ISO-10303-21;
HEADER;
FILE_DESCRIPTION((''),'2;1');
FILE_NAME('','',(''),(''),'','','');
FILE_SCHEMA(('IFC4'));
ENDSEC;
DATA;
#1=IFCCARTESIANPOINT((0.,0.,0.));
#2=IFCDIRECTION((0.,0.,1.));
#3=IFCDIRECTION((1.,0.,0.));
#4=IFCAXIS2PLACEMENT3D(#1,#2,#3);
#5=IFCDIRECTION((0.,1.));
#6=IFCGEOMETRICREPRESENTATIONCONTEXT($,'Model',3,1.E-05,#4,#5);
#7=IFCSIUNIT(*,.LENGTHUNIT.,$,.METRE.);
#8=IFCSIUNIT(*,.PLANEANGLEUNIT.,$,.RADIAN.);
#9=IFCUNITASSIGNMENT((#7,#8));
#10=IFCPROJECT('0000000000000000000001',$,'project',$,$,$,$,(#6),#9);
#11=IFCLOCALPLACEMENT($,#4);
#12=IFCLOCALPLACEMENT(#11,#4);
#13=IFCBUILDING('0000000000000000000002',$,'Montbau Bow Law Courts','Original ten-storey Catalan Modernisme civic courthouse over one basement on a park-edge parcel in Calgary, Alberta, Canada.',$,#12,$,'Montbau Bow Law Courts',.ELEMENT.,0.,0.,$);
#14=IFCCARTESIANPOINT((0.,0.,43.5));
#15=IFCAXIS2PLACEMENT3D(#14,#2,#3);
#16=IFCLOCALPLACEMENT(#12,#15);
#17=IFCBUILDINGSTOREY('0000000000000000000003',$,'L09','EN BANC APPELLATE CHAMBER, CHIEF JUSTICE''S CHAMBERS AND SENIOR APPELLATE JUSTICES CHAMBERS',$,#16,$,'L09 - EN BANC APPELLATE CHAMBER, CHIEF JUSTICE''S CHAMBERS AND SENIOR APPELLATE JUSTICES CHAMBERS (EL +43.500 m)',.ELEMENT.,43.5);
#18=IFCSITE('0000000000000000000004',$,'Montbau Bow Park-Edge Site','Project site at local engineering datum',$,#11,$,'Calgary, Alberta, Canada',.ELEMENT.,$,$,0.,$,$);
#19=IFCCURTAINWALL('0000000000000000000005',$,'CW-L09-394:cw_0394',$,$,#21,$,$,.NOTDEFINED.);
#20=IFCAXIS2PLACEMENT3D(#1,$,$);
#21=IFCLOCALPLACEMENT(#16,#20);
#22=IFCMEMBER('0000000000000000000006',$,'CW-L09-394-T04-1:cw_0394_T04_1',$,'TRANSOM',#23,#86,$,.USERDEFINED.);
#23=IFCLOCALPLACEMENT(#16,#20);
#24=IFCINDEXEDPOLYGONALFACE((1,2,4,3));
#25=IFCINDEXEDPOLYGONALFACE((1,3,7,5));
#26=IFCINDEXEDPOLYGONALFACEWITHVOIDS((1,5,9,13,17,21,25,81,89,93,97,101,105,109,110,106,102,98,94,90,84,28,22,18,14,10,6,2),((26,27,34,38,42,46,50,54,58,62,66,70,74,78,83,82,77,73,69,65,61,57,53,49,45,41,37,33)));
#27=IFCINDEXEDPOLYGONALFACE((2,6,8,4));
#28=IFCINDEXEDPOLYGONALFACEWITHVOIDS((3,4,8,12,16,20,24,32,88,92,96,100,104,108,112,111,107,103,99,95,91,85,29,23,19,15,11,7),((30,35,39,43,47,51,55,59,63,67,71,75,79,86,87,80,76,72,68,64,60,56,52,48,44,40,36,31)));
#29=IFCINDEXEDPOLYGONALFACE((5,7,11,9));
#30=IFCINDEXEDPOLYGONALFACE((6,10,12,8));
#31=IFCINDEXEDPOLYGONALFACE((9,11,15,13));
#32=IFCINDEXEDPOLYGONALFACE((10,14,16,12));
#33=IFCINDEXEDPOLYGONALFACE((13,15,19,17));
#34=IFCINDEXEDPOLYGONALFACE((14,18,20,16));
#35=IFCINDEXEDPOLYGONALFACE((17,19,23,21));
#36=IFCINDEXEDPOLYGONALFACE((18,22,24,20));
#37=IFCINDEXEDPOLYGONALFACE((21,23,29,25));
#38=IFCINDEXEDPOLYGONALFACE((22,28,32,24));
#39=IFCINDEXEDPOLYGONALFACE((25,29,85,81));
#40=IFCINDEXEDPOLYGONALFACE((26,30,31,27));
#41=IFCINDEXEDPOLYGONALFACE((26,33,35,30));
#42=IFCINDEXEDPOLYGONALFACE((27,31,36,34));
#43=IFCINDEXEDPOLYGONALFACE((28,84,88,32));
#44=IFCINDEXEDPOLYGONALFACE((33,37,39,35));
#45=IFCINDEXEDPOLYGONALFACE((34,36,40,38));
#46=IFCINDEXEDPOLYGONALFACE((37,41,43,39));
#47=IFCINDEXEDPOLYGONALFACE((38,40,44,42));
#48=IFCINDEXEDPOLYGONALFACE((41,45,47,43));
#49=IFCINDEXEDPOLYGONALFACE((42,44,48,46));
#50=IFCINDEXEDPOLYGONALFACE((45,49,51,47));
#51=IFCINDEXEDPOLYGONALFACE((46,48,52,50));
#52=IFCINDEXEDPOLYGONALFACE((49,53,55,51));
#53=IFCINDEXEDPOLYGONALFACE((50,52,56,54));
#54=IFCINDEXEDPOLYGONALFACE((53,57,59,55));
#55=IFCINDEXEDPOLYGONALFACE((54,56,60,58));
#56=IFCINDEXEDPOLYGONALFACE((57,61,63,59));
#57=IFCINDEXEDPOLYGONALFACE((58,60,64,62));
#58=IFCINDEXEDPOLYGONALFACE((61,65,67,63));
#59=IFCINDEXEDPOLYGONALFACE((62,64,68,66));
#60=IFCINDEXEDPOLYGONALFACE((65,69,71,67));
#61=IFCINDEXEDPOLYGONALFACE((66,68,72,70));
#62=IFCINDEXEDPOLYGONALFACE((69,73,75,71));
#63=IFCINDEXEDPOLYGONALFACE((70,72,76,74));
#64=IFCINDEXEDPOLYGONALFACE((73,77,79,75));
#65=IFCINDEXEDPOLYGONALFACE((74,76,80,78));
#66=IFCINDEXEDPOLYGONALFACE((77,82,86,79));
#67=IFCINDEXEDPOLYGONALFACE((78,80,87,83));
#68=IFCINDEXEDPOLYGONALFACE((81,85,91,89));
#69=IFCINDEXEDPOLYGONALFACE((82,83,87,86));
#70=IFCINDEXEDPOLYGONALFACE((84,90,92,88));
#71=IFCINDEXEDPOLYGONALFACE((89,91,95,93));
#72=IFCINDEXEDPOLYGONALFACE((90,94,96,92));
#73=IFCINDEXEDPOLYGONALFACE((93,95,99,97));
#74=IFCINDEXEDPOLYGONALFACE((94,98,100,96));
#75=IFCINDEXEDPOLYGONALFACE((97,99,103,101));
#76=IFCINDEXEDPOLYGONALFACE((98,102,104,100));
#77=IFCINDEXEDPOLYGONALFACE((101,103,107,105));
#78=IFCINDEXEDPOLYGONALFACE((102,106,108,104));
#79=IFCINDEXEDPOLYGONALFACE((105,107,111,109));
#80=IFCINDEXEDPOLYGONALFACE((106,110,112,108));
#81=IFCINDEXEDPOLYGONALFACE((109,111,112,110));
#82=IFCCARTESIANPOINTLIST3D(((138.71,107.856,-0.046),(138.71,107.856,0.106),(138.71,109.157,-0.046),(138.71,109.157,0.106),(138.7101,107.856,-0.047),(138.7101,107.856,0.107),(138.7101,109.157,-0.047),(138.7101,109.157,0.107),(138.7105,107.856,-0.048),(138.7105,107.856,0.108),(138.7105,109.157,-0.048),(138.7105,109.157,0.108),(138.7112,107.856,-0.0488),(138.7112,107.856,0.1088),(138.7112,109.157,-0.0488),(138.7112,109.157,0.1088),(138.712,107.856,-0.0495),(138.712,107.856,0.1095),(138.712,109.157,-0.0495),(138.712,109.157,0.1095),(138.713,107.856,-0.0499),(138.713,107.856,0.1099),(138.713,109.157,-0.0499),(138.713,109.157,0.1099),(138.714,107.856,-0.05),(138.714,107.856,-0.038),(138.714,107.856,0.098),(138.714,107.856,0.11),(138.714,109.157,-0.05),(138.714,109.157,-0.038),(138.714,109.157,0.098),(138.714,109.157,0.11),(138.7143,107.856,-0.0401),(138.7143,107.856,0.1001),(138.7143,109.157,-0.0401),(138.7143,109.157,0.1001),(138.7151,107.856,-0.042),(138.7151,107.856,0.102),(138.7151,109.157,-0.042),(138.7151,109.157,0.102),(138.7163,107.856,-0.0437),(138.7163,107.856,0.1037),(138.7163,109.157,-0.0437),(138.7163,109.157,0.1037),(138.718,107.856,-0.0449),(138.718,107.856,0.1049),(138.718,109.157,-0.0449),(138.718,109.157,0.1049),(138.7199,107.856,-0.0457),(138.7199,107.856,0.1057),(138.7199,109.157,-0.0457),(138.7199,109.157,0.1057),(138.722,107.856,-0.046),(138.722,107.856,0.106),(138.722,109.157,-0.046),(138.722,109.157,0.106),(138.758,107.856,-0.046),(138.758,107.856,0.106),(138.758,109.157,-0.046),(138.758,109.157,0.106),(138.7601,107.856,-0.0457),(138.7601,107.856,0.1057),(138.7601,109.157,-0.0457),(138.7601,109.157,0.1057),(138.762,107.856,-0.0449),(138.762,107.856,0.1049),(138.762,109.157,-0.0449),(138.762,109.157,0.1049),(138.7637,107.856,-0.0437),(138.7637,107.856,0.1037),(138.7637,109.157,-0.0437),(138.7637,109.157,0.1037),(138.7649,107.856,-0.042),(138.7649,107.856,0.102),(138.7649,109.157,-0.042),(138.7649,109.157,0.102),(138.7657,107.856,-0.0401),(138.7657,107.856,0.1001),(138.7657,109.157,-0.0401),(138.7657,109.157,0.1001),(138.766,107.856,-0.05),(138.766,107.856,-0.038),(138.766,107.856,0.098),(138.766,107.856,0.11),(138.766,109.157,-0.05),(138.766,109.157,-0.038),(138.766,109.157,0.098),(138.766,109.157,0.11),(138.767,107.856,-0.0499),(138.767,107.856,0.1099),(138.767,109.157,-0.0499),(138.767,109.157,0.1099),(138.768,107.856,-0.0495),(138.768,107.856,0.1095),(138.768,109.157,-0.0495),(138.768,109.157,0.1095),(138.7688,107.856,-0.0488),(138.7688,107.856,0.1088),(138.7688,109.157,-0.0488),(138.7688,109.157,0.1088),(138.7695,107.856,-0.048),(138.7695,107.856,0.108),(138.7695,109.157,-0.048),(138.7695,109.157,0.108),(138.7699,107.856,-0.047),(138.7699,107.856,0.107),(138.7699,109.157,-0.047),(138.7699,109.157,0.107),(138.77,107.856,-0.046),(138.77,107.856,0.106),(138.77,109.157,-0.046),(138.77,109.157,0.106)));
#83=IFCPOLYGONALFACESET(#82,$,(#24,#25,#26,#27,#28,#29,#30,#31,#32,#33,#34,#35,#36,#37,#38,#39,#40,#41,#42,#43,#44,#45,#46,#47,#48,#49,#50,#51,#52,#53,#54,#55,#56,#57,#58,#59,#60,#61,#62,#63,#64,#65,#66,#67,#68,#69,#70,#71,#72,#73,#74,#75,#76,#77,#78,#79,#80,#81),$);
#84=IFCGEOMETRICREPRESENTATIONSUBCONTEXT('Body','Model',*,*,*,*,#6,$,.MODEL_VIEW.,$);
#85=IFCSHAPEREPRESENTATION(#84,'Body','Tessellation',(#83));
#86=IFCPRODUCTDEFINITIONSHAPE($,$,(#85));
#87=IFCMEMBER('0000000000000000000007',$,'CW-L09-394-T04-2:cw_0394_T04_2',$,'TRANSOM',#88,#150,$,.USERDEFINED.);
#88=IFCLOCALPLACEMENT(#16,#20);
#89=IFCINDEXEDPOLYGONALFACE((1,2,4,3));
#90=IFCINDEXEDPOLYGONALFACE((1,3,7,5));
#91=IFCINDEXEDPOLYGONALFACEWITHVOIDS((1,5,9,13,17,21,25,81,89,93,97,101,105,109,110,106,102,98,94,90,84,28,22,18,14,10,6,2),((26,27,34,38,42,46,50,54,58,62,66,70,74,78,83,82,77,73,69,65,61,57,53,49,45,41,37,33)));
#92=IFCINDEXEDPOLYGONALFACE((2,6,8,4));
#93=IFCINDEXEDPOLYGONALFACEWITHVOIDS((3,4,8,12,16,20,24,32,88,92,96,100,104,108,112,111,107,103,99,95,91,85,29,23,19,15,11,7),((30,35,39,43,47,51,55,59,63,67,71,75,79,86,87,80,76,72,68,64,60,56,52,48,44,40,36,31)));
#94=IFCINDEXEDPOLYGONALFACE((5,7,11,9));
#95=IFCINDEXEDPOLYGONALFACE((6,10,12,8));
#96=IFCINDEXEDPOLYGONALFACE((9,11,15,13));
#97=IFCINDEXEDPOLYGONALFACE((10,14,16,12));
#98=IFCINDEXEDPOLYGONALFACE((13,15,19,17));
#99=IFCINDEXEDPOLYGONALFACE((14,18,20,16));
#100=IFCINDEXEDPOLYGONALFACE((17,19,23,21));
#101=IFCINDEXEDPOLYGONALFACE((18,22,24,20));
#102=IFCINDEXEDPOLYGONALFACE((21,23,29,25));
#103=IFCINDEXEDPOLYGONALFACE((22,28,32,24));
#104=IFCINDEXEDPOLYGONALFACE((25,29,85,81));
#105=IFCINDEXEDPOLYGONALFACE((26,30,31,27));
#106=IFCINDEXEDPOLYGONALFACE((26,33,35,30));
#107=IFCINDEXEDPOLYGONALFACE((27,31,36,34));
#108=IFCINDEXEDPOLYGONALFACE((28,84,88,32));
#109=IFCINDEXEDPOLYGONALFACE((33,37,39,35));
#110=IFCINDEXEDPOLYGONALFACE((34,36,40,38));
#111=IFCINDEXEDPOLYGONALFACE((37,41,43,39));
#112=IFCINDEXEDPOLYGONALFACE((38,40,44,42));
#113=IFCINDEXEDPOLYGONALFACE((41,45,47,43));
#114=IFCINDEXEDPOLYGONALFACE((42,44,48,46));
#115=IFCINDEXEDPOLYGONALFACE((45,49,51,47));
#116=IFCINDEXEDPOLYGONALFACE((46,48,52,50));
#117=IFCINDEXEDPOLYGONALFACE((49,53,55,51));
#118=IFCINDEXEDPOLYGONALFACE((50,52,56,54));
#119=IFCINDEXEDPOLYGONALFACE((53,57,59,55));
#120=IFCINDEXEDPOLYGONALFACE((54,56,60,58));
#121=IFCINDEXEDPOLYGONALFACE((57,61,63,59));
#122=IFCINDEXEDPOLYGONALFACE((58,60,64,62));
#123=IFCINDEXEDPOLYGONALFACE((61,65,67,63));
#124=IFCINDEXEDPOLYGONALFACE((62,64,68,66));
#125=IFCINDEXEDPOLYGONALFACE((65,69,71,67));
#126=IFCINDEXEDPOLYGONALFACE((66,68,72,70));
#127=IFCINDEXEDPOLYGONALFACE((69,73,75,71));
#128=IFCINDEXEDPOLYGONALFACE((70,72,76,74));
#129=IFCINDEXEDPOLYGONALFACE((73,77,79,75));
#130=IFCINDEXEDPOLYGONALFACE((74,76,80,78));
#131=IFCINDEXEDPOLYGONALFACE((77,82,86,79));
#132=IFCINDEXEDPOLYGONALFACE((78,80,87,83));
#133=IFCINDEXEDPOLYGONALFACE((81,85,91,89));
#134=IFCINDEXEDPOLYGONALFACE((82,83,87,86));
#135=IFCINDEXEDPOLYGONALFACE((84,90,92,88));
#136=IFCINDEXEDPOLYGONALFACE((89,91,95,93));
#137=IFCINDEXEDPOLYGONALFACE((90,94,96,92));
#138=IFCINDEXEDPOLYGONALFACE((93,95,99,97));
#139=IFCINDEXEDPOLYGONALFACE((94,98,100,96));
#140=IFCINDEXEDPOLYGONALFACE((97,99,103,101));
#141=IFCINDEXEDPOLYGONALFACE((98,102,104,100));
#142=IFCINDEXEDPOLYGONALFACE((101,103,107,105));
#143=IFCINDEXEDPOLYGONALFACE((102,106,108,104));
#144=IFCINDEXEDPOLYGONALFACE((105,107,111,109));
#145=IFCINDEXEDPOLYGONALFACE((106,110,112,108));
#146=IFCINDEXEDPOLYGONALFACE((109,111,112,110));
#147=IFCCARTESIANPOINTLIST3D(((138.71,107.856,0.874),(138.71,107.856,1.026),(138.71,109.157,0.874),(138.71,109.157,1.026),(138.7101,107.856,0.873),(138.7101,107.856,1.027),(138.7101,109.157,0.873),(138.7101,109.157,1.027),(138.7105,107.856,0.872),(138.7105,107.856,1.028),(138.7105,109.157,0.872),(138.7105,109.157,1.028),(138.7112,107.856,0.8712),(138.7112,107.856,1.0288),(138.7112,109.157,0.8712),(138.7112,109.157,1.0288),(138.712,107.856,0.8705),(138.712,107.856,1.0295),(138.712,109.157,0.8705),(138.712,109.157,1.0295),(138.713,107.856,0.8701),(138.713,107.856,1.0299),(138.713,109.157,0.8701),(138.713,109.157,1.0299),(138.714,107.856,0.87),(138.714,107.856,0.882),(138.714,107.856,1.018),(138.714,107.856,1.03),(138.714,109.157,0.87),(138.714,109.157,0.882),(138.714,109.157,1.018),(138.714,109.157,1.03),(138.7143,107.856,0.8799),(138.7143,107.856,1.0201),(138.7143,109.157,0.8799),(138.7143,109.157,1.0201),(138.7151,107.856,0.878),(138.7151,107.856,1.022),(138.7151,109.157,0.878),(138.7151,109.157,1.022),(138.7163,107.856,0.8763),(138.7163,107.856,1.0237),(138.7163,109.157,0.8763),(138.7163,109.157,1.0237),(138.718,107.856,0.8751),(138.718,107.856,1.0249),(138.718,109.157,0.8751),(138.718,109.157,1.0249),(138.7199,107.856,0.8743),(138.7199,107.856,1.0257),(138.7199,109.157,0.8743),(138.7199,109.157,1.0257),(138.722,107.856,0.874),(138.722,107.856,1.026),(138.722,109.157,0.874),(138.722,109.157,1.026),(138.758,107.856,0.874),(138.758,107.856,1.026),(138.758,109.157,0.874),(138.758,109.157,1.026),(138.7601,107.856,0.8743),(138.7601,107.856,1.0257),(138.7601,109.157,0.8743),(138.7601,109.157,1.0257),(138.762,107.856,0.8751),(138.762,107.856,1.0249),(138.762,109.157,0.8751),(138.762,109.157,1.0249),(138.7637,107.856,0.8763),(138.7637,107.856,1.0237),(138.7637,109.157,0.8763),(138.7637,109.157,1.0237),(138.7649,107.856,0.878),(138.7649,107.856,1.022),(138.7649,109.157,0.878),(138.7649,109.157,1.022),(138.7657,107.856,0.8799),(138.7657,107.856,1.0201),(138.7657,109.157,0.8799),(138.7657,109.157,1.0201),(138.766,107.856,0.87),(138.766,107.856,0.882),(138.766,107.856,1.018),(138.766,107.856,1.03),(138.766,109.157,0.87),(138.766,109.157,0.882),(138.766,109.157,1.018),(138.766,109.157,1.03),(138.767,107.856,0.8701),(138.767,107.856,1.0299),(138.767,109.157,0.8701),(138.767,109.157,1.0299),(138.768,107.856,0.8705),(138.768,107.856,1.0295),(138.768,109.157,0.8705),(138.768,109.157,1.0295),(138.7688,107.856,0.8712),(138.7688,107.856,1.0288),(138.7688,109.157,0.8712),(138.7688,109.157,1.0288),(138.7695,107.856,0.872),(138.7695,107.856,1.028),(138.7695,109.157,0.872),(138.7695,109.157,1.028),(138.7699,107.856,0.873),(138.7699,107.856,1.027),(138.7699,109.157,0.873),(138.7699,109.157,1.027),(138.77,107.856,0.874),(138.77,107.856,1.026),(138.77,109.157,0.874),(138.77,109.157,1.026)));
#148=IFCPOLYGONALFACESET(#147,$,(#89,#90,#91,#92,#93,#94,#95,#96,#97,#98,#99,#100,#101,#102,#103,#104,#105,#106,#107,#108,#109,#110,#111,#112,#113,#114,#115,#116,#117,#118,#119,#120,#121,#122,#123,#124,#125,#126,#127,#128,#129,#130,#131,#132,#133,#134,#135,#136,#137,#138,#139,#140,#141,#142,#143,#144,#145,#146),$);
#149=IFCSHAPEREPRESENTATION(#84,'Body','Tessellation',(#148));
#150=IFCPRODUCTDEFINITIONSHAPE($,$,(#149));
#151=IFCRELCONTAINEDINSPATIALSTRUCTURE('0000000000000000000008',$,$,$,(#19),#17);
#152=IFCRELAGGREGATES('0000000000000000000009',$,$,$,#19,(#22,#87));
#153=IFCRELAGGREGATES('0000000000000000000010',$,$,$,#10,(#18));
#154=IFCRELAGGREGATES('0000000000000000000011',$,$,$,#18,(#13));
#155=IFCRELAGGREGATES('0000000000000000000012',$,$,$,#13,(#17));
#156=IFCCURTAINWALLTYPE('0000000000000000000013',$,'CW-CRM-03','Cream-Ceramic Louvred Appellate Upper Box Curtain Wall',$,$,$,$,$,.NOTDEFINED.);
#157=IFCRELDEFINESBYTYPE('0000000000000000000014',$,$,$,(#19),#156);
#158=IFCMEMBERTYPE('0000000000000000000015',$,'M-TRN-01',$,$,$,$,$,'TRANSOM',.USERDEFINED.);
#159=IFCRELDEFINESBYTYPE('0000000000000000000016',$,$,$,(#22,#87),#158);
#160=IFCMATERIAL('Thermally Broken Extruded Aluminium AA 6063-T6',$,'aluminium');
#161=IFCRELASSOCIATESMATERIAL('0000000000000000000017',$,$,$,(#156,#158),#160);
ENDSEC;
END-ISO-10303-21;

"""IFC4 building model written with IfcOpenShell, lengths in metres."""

from ifc_helpers import new_model, si_unit, direction, frame, origin_with_axes, origin_2d_with_axis, place, context, subcontext, project, spatial, hollow_rectangle, extrude, material, material_profile, profile_set, type_object, element, aggregate, save


model = new_model("IFC4")

# Units and contexts
model_context = context("Model", 3, precision=1e-05, world=origin_with_axes(), true_north=direction((0.0, 1.0)))
body_context = subcontext(model_context, "Body", "Model", "MODEL_VIEW")
ifc_project = project(units=[si_unit("LENGTHUNIT", "METRE"), si_unit("PLANEANGLEUNIT", "RADIAN")], contexts=[model_context])

# Site, building, storey
site_placement = place(None, origin_with_axes())
site = spatial("IfcSite", under=ifc_project, at=site_placement, Name="Montbau Bow Park-Edge Site", Description="Project site at local engineering datum", LongName="Calgary, Alberta, Canada", CompositionType="ELEMENT", RefElevation=0.0)
building_placement = place(site_placement, origin_with_axes())
building = spatial("IfcBuilding", under=site, at=building_placement, Name="Montbau Bow Law Courts", Description="Original ten-storey Catalan Modernisme civic courthouse over one basement on a park-edge parcel in Calgary, Alberta, Canada.", LongName="Montbau Bow Law Courts", CompositionType="ELEMENT", ElevationOfRefHeight=0.0, ElevationOfTerrain=0.0)
storey_placement = place(building_placement, frame((0.0, 0.0, 43.5), z_axis=(0.0, 0.0, 1.0), x_axis=(1.0, 0.0, 0.0)))
storey = spatial("IfcBuildingStorey", under=building, at=storey_placement, Name="L09", Description="EN BANC APPELLATE CHAMBER, CHIEF JUSTICE'S CHAMBERS AND SENIOR APPELLATE JUSTICES CHAMBERS", LongName="L09 - EN BANC APPELLATE CHAMBER, CHIEF JUSTICE'S CHAMBERS AND SENIOR APPELLATE JUSTICES CHAMBERS (EL +43.500 m)", CompositionType="ELEMENT", Elevation=43.5)

# Curtain wall
ifc_material_1 = material(Name="Thermally Broken Extruded Aluminium AA 6063-T6", Category="aluminium")
curtain_wall_type = type_object("IfcCurtainWallType", Name="CW-CRM-03", Description="Cream-Ceramic Louvred Appellate Upper Box Curtain Wall", PredefinedType="NOTDEFINED", material=ifc_material_1)
curtain_wall_1_placement = place(None, frame((138.74, 103.715, 43.5), z_axis=(0.0, 0.0, 1.0), x_axis=(1.0, 0.0, 0.0)))
curtain_wall_1 = element("IfcCurtainWall", 1, at=curtain_wall_1_placement, inside=storey, type_object=curtain_wall_type, Name="CW-L09-394:cw_0394", PredefinedType="NOTDEFINED")

# Members
ifc_material_profile_1 = material_profile(ifc_material_1, hollow_rectangle(XDim=0.06, YDim=0.16, WallThickness=0.004, InnerFilletRadius=0.008, OuterFilletRadius=0.004, at=origin_2d_with_axis()), Name="CWT-160X60", Category="Main", Priority=0)
ifc_profile_set_1 = profile_set([ifc_material_profile_1], Name="Thermally Broken Extruded Aluminium AA 6063-T6")
member_type_1 = type_object("IfcMemberType", Name="M-TRN-01", ElementType="TRANSOM", PredefinedType="USERDEFINED", material=ifc_profile_set_1)
member_1_placement = place(None, frame((138.74, 107.856, 43.53), z_axis=(0.0, 1.0, 0.0), x_axis=(-1.0, 0.0, 0.0)))
member_1 = element("IfcMember", 2, at=member_1_placement, type_object=member_type_1, Name="CW-L09-394-T04-1:cw_0394_T04_1", ObjectType="TRANSOM", PredefinedType="USERDEFINED", context=body_context, shape_type="SweptSolid", body=[
    extrude(hollow_rectangle(XDim=0.06, YDim=0.16, WallThickness=0.004, InnerFilletRadius=0.008, OuterFilletRadius=0.004, at=origin_2d_with_axis()), origin_with_axes(), (0.0, 0.0, 1.0), 1.301),
])
member_2_placement = place(None, frame((138.74, 107.856, 44.45), z_axis=(0.0, 1.0, 0.0), x_axis=(-1.0, 0.0, 0.0)))
member_2 = element("IfcMember", 3, at=member_2_placement, type_object=member_type_1, Name="CW-L09-394-T04-2:cw_0394_T04_2", ObjectType="TRANSOM", PredefinedType="USERDEFINED", context=body_context, shape_type="SweptSolid", body=[
    extrude(hollow_rectangle(XDim=0.06, YDim=0.16, WallThickness=0.004, InnerFilletRadius=0.008, OuterFilletRadius=0.004, at=origin_2d_with_axis()), origin_with_axes(), (0.0, 0.0, 1.0), 1.301),
])

aggregate(curtain_wall_1, [member_1, member_2])

save(model, "model.ifc")
